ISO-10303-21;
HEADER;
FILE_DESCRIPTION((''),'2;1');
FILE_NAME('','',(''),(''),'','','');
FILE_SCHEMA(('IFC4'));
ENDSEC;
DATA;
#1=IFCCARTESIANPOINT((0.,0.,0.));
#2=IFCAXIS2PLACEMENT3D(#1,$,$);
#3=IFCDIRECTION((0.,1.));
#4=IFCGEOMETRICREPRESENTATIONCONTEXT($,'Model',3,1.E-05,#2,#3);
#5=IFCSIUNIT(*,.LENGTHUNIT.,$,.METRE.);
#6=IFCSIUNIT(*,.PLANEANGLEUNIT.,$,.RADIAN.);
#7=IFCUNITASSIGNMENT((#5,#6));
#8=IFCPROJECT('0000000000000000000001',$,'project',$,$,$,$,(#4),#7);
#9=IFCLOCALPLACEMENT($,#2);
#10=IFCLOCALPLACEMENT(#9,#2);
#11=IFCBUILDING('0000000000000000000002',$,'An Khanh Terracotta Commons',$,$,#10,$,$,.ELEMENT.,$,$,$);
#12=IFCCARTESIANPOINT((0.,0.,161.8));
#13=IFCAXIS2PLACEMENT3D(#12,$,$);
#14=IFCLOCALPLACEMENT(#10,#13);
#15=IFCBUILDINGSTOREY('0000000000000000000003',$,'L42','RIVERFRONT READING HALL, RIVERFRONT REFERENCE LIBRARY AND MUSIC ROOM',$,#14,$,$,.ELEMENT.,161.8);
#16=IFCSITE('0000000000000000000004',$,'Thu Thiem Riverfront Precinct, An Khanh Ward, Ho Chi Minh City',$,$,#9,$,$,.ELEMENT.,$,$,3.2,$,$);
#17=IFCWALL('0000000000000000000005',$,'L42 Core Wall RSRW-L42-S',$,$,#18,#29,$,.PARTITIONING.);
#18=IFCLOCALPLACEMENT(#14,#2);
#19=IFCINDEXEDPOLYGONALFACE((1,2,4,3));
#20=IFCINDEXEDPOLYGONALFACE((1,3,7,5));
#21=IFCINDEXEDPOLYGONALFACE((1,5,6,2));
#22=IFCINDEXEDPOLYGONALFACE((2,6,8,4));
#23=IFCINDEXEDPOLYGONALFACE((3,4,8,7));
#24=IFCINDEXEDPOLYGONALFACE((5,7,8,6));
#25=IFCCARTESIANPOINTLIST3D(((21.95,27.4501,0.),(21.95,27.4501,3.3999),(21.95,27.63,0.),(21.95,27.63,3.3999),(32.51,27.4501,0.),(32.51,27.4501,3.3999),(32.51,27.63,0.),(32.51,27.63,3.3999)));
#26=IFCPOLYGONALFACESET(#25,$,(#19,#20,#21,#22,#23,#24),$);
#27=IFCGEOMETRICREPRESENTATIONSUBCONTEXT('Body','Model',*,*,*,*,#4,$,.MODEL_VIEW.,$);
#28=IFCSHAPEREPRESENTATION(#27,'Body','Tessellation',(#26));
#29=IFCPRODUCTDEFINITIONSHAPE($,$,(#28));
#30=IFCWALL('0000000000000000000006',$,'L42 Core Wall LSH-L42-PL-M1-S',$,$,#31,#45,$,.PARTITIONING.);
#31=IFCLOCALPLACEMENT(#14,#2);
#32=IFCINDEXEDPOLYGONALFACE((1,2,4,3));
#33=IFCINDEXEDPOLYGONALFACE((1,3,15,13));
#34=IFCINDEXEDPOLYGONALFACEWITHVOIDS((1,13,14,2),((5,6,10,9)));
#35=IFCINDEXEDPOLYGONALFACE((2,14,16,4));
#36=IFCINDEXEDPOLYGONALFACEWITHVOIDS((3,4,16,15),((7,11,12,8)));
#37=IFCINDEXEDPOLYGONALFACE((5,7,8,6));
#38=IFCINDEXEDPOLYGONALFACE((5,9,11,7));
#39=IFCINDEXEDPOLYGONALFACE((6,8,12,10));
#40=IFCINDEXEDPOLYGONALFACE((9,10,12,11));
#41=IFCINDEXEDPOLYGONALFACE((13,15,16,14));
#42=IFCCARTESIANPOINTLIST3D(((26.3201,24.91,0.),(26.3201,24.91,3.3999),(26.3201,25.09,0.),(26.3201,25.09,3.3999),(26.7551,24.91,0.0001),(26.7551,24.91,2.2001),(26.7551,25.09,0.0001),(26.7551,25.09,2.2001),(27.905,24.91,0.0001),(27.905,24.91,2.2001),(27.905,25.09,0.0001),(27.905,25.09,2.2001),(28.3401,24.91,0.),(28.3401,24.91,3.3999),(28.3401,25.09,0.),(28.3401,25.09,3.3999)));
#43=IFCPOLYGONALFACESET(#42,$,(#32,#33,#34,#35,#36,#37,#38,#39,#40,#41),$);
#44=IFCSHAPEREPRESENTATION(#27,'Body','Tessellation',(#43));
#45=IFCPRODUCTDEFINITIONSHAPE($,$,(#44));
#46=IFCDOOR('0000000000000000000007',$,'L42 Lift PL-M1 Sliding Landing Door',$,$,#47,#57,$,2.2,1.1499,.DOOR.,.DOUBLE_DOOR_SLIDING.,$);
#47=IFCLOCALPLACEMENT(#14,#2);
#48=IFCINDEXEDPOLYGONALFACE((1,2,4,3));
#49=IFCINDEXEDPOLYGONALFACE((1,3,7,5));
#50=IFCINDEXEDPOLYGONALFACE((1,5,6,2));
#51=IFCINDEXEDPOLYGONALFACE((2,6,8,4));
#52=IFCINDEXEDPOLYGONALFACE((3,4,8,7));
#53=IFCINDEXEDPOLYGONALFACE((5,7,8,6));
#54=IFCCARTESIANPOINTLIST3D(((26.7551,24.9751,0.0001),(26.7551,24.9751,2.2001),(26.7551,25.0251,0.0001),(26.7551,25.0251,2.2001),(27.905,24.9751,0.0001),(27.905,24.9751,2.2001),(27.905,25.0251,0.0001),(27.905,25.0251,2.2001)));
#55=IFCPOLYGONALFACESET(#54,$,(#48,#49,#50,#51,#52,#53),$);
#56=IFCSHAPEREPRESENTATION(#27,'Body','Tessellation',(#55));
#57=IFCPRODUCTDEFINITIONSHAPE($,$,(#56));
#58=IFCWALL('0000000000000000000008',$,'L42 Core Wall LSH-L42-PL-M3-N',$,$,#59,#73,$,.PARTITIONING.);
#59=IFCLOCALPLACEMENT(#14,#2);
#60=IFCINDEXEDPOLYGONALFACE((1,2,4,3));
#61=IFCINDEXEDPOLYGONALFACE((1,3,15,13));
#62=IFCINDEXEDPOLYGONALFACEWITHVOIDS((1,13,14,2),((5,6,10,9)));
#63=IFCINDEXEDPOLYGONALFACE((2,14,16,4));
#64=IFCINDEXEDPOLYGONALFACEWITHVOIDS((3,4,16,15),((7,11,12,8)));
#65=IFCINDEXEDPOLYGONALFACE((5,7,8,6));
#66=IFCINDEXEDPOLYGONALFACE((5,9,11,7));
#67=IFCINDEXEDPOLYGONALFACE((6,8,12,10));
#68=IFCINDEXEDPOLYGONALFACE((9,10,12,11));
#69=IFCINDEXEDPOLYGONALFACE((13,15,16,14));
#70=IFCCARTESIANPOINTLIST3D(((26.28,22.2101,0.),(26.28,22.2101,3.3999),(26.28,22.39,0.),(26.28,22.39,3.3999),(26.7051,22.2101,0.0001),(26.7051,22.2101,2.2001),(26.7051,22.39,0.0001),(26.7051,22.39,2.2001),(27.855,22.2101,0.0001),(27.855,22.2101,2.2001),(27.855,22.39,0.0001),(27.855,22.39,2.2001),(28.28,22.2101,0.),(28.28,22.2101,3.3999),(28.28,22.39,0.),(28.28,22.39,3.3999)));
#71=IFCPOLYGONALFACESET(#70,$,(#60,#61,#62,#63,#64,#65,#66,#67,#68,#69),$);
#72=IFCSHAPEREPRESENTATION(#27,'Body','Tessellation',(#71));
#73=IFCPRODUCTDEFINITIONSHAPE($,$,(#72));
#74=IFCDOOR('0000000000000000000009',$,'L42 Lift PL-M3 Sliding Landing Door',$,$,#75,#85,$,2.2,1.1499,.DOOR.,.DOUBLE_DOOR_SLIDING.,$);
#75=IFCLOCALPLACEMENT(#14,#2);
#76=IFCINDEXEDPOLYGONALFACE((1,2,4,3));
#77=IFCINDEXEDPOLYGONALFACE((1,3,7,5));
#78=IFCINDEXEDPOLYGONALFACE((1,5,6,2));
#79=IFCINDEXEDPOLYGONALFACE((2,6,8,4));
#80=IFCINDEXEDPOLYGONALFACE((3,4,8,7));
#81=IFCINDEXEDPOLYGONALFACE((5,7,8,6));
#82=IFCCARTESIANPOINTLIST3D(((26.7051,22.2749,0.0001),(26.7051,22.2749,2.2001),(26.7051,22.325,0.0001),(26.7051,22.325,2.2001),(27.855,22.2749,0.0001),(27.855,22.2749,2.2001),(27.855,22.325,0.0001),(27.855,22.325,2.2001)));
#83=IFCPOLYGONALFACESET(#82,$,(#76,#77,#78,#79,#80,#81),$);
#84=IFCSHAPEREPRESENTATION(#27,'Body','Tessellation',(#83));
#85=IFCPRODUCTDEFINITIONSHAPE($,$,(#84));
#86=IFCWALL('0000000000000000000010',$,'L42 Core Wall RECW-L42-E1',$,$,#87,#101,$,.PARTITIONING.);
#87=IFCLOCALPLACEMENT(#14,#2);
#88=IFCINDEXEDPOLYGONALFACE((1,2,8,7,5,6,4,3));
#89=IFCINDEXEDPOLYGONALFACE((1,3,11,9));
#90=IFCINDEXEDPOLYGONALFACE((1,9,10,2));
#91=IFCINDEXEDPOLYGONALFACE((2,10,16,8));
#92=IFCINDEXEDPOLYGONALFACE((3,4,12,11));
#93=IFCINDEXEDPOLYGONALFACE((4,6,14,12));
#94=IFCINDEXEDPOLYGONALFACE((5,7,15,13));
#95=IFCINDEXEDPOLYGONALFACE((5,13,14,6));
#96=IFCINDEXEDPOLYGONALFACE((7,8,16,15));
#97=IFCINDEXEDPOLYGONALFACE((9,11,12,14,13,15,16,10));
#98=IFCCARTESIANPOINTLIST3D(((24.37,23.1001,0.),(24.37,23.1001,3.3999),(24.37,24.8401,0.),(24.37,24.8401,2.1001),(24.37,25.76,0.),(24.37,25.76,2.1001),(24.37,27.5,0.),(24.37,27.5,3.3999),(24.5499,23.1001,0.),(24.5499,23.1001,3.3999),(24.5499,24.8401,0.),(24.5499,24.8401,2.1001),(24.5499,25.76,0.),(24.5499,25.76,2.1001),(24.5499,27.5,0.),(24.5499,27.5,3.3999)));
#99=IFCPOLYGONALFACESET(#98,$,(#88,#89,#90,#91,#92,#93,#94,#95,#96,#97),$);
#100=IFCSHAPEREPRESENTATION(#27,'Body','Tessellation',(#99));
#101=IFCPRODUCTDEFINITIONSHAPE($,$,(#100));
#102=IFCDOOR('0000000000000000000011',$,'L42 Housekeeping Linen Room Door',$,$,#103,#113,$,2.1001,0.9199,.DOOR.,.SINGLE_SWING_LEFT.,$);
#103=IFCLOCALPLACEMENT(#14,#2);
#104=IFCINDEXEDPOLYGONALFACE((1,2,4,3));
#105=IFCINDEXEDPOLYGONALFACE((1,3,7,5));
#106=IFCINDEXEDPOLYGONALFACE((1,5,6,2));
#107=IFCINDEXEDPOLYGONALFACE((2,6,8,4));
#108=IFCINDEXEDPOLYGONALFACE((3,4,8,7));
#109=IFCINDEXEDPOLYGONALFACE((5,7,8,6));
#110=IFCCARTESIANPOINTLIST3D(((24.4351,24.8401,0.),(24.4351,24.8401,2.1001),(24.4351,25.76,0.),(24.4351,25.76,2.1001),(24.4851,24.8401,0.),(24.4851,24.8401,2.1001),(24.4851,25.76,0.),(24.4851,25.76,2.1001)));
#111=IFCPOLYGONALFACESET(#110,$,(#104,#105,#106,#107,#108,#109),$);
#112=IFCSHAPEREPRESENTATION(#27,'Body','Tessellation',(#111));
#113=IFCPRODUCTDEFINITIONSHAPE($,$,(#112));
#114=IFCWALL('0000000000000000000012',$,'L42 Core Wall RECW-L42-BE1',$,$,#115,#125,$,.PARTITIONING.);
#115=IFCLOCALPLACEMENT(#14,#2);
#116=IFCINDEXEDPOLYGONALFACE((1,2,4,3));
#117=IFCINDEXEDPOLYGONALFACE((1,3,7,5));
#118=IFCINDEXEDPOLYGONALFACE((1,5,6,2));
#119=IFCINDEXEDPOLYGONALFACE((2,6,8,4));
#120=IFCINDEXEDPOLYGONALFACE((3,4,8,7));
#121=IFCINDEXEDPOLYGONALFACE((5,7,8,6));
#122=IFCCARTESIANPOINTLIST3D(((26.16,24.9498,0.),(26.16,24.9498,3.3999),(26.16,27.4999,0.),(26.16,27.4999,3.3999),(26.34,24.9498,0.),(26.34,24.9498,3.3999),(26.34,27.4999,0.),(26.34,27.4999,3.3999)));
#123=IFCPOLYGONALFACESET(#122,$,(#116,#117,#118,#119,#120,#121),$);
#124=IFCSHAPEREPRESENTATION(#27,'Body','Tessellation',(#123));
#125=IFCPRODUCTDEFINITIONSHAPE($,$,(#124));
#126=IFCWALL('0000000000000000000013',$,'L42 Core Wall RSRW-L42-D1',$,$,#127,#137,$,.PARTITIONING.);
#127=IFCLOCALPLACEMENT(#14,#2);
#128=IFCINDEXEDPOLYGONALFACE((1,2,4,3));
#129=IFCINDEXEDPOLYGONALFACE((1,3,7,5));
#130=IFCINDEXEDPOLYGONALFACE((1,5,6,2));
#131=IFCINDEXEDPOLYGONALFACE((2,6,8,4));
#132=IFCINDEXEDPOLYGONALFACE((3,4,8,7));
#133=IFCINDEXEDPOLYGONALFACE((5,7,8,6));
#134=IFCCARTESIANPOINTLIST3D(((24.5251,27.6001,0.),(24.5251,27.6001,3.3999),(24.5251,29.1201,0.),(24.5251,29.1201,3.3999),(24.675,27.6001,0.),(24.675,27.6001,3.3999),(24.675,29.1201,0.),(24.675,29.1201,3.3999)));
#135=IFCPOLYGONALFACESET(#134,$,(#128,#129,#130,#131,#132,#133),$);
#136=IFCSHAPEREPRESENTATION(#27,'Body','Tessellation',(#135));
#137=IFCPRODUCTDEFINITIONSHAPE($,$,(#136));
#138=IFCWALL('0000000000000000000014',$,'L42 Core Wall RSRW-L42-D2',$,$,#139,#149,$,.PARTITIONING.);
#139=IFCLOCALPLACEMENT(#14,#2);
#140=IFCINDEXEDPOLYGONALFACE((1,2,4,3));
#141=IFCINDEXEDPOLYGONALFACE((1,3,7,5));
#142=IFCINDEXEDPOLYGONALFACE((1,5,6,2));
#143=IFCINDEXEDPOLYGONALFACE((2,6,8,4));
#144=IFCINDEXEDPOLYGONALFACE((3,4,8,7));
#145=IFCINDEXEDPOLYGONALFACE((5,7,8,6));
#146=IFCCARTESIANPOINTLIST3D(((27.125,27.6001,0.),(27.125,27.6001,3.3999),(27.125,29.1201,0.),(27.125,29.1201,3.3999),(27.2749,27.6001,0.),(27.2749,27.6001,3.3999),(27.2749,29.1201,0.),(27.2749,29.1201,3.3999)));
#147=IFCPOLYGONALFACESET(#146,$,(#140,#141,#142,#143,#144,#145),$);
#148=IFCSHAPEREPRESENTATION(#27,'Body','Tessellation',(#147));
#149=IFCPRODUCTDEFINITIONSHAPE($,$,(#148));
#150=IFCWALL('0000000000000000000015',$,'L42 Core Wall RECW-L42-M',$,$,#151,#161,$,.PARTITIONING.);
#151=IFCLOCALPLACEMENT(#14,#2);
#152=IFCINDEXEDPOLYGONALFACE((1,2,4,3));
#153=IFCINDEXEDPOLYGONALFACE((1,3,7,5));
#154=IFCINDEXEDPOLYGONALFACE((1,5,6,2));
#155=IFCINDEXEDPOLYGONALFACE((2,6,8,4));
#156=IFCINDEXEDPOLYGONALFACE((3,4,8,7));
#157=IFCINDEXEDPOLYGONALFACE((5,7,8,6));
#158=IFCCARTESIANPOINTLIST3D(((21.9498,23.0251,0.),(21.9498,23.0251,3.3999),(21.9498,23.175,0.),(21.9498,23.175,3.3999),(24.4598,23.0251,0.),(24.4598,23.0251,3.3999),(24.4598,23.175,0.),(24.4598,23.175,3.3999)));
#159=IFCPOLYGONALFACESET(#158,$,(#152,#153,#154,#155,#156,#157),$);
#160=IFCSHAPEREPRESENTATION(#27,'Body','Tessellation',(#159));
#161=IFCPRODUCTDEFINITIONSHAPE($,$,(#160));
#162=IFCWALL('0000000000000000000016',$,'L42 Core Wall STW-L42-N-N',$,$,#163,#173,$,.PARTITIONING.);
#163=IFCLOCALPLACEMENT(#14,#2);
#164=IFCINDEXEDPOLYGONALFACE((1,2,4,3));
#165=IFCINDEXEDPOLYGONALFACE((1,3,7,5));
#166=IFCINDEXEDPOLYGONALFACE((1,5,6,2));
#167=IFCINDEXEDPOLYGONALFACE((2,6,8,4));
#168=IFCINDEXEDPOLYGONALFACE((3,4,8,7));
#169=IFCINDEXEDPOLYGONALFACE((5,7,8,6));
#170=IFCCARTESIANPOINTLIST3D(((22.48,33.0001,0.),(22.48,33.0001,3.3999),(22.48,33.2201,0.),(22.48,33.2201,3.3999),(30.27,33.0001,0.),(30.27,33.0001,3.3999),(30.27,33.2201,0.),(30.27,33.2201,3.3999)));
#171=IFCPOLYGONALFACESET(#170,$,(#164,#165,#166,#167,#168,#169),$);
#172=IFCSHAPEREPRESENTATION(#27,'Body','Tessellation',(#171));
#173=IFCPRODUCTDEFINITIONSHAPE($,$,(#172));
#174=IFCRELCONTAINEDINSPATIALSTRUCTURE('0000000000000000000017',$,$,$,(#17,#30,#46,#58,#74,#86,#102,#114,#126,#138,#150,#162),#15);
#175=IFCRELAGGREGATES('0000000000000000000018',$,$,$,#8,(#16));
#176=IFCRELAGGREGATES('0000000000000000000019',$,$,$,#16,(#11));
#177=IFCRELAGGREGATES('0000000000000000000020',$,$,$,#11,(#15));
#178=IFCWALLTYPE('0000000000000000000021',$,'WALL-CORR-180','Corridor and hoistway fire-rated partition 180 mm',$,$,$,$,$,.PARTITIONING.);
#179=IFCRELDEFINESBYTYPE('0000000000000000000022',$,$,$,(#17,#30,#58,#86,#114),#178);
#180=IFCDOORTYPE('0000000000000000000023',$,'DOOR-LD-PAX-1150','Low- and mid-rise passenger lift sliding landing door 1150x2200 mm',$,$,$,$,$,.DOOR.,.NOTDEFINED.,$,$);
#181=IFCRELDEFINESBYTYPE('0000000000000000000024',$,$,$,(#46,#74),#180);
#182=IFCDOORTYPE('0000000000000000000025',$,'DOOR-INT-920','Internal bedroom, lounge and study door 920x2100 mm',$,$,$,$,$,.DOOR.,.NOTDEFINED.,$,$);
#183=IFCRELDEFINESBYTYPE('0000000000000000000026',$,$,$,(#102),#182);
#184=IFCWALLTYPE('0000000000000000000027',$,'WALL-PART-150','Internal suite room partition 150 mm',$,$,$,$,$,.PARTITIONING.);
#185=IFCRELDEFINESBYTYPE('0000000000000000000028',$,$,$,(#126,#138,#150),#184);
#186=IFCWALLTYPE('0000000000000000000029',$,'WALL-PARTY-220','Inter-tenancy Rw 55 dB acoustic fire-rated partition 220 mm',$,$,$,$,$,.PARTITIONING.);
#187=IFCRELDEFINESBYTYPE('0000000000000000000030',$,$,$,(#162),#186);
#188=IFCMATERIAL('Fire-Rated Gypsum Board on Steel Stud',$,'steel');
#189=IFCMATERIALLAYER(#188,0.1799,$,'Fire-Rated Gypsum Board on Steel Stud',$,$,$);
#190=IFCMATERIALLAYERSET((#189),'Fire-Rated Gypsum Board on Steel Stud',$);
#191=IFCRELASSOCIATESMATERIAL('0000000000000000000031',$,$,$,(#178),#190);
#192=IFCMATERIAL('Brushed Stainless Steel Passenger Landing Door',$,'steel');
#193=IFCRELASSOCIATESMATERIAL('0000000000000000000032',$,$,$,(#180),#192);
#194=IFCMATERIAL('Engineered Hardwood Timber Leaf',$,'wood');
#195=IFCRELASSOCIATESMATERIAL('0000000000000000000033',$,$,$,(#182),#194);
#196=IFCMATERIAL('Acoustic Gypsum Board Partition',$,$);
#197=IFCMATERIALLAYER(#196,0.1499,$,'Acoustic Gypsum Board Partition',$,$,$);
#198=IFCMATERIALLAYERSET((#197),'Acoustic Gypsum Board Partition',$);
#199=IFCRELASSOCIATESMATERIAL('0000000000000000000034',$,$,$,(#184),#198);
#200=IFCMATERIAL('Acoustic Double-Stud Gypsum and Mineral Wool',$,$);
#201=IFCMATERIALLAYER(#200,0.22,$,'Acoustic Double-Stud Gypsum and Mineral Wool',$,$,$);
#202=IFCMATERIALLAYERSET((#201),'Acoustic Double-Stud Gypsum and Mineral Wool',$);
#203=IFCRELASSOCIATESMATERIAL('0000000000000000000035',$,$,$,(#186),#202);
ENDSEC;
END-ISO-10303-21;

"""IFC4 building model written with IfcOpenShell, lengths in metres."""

from ifc_helpers import new_model, si_unit, direction, frame, frame_2d, origin, place, context, subcontext, project, spatial, rectangle, extrude, material, layer, layer_set, type_object, element, fill, save


model = new_model("IFC4")

# Units and contexts
model_context = context("Model", 3, precision=1e-05, world=origin(), true_north=direction((0.0, 1.0)))
body_context = subcontext(model_context, "Body", "Model", "MODEL_VIEW")
ifc_project = project(units=[si_unit("LENGTHUNIT", "METRE"), si_unit("PLANEANGLEUNIT", "RADIAN")], contexts=[model_context])

# Site, building, storey
site_placement = place(None, origin())
site = spatial("IfcSite", under=ifc_project, at=site_placement, Name="Thu Thiem Riverfront Precinct, An Khanh Ward, Ho Chi Minh City", CompositionType="ELEMENT", RefElevation=3.2)
building_placement = place(site_placement, origin())
building = spatial("IfcBuilding", under=site, at=building_placement, Name="An Khanh Terracotta Commons", CompositionType="ELEMENT")
storey_placement = place(building_placement, frame((0.0, 0.0, 161.8)))
storey = spatial("IfcBuildingStorey", under=building, at=storey_placement, Name="L42", Description="RIVERFRONT READING HALL, RIVERFRONT REFERENCE LIBRARY AND MUSIC ROOM", CompositionType="ELEMENT", Elevation=161.8)

# Wall
ifc_material_1 = material(Name="Fire-Rated Gypsum Board on Steel Stud", Category="steel")
ifc_layer_1 = layer(ifc_material_1, 0.1799, Name="Fire-Rated Gypsum Board on Steel Stud")
ifc_layer_set_1 = layer_set([ifc_layer_1], Name="Fire-Rated Gypsum Board on Steel Stud")
wall_type_1 = type_object("IfcWallType", Name="WALL-CORR-180", Description="Corridor and hoistway fire-rated partition 180 mm", PredefinedType="PARTITIONING", material=ifc_layer_set_1)
wall_1_placement = place(storey_placement, frame((21.95, 27.54, 0.0), z_axis=(0.0, 0.0, 1.0), x_axis=(1.0, 0.0, 0.0)))
element("IfcWall", 1, at=wall_1_placement, inside=storey, type_object=wall_type_1, Name="L42 Core Wall RSRW-L42-S", PredefinedType="PARTITIONING", context=body_context, shape_type="SweptSolid", body=[
    extrude(rectangle(XDim=10.5601, YDim=0.1799, at=frame_2d((5.28, 0.0))), origin(), (0.0, 0.0, 1.0), 3.3999),
])

# Walls, openings, doors
wall_2_placement = place(storey_placement, frame((28.3401, 25.0, 0.0), z_axis=(0.0, 0.0, 1.0), x_axis=(-1.0, 0.0, 0.0)))
wall_2 = element("IfcWall", 2, at=wall_2_placement, inside=storey, type_object=wall_type_1, Name="L42 Core Wall LSH-L42-PL-M1-S", PredefinedType="PARTITIONING", context=body_context, shape_type="SweptSolid", body=[
    extrude(rectangle(XDim=2.02, YDim=0.1799, at=frame_2d((1.01, 0.0))), origin(), (0.0, 0.0, 1.0), 3.3999),
])
opening_1_placement = place(wall_2_placement, frame((0.4351, 0.0, 0.0)))
opening_1 = element("IfcOpeningElement", 3, at=opening_1_placement, cuts=wall_2, PredefinedType="OPENING", context=body_context, shape_type="SweptSolid", body=[
    extrude(rectangle(XDim=1.1499, YDim=2.2, at=frame_2d((0.575, 1.1001))), frame((0.0, 0.0999, 0.0), z_axis=(0.0, -1.0, 0.0), x_axis=(1.0, 0.0, 0.0)), (0.0, 0.0, 1.0), 0.2),
])
ifc_material_2 = material(Name="Brushed Stainless Steel Passenger Landing Door", Category="steel")
door_type_1 = type_object("IfcDoorType", Name="DOOR-LD-PAX-1150", Description="Low- and mid-rise passenger lift sliding landing door 1150x2200 mm", OperationType="NOTDEFINED", PredefinedType="DOOR", material=ifc_material_2)
door_1_placement = place(opening_1_placement, origin())
door_1 = element("IfcDoor", 4, at=door_1_placement, inside=storey, type_object=door_type_1, Name="L42 Lift PL-M1 Sliding Landing Door", OperationType="DOUBLE_DOOR_SLIDING", OverallHeight=2.2, OverallWidth=1.1499, PredefinedType="DOOR", context=body_context, shape_type="SweptSolid", body=[
    extrude(rectangle(XDim=1.1499, YDim=2.2, at=frame_2d((0.575, 1.1001))), frame((0.0, 0.0249, 0.0), z_axis=(0.0, -1.0, 0.0), x_axis=(1.0, 0.0, 0.0)), (0.0, 0.0, 1.0), 0.05),
])
fill(opening_1, door_1)
wall_3_placement = place(storey_placement, frame((26.28, 22.3, 0.0), z_axis=(0.0, 0.0, 1.0), x_axis=(1.0, 0.0, 0.0)))
wall_3 = element("IfcWall", 5, at=wall_3_placement, inside=storey, type_object=wall_type_1, Name="L42 Core Wall LSH-L42-PL-M3-N", PredefinedType="PARTITIONING", context=body_context, shape_type="SweptSolid", body=[
    extrude(rectangle(XDim=2.0, YDim=0.1799, at=frame_2d((1.0, 0.0))), origin(), (0.0, 0.0, 1.0), 3.3999),
])
opening_2_placement = place(wall_3_placement, frame((0.425, 0.0, 0.0)))
opening_2 = element("IfcOpeningElement", 6, at=opening_2_placement, cuts=wall_3, PredefinedType="OPENING", context=body_context, shape_type="SweptSolid", body=[
    extrude(rectangle(XDim=1.1499, YDim=2.2, at=frame_2d((0.575, 1.1001))), frame((0.0, 0.0999, 0.0), z_axis=(0.0, -1.0, 0.0), x_axis=(1.0, 0.0, 0.0)), (0.0, 0.0, 1.0), 0.2),
])
door_2_placement = place(opening_2_placement, origin())
door_2 = element("IfcDoor", 7, at=door_2_placement, inside=storey, type_object=door_type_1, Name="L42 Lift PL-M3 Sliding Landing Door", OperationType="DOUBLE_DOOR_SLIDING", OverallHeight=2.2, OverallWidth=1.1499, PredefinedType="DOOR", context=body_context, shape_type="SweptSolid", body=[
    extrude(rectangle(XDim=1.1499, YDim=2.2, at=frame_2d((0.575, 1.1001))), frame((0.0, 0.0249, 0.0), z_axis=(0.0, -1.0, 0.0), x_axis=(1.0, 0.0, 0.0)), (0.0, 0.0, 1.0), 0.05),
])
fill(opening_2, door_2)
wall_4_placement = place(storey_placement, frame((24.46, 23.1001, 0.0), z_axis=(0.0, 0.0, 1.0), x_axis=(0.0, 1.0, 0.0)))
wall_4 = element("IfcWall", 8, at=wall_4_placement, inside=storey, type_object=wall_type_1, Name="L42 Core Wall RECW-L42-E1", PredefinedType="PARTITIONING", context=body_context, shape_type="SweptSolid", body=[
    extrude(rectangle(XDim=4.3999, YDim=0.1799, at=frame_2d((2.2, 0.0))), origin(), (0.0, 0.0, 1.0), 3.3999),
])
opening_3_placement = place(wall_4_placement, frame((1.74, 0.0, 0.0)))
opening_3 = element("IfcOpeningElement", 9, at=opening_3_placement, cuts=wall_4, PredefinedType="OPENING", context=body_context, shape_type="SweptSolid", body=[
    extrude(rectangle(XDim=0.9199, YDim=2.1001, at=frame_2d((0.46, 1.05))), frame((0.0, 0.0999, 0.0), z_axis=(0.0, -1.0, 0.0), x_axis=(1.0, 0.0, 0.0)), (0.0, 0.0, 1.0), 0.2),
])
ifc_material_3 = material(Name="Engineered Hardwood Timber Leaf", Category="wood")
door_type_2 = type_object("IfcDoorType", Name="DOOR-INT-920", Description="Internal bedroom, lounge and study door 920x2100 mm", OperationType="NOTDEFINED", PredefinedType="DOOR", material=ifc_material_3)
door_3_placement = place(opening_3_placement, origin())
door_3 = element("IfcDoor", 10, at=door_3_placement, inside=storey, type_object=door_type_2, Name="L42 Housekeeping Linen Room Door", OperationType="SINGLE_SWING_LEFT", OverallHeight=2.1001, OverallWidth=0.9199, PredefinedType="DOOR", context=body_context, shape_type="SweptSolid", body=[
    extrude(rectangle(XDim=0.9199, YDim=2.1001, at=frame_2d((0.46, 1.05))), frame((0.0, 0.0249, 0.0), z_axis=(0.0, -1.0, 0.0), x_axis=(1.0, 0.0, 0.0)), (0.0, 0.0, 1.0), 0.05),
])
fill(opening_3, door_3)

# Walls
wall_5_placement = place(storey_placement, frame((26.25, 24.95, 0.0), z_axis=(0.0, 0.0, 1.0), x_axis=(0.0, 1.0, 0.0)))
element("IfcWall", 11, at=wall_5_placement, inside=storey, type_object=wall_type_1, Name="L42 Core Wall RECW-L42-BE1", PredefinedType="PARTITIONING", context=body_context, shape_type="SweptSolid", body=[
    extrude(rectangle(XDim=2.55, YDim=0.1799, at=frame_2d((1.2749, 0.0))), origin(), (0.0, 0.0, 1.0), 3.3999),
])
ifc_material_4 = material(Name="Acoustic Gypsum Board Partition")
ifc_layer_2 = layer(ifc_material_4, 0.1499, Name="Acoustic Gypsum Board Partition")
ifc_layer_set_2 = layer_set([ifc_layer_2], Name="Acoustic Gypsum Board Partition")
wall_type_2 = type_object("IfcWallType", Name="WALL-PART-150", Description="Internal suite room partition 150 mm", PredefinedType="PARTITIONING", material=ifc_layer_set_2)
for number, where, z_axis, x_axis, name in (
    (12, (24.6001, 27.6001, 0.0), (0.0, 0.0, 1.0), (0.0, 1.0, 0.0), "L42 Core Wall RSRW-L42-D1"),
    (13, (27.2, 27.6001, 0.0), (0.0, 0.0, 1.0), (0.0, 1.0, 0.0), "L42 Core Wall RSRW-L42-D2"),
):
    element("IfcWall", number, at=place(storey_placement, frame(where, z_axis=z_axis, x_axis=x_axis)), inside=storey, type_object=wall_type_2, Name=name, PredefinedType="PARTITIONING", context=body_context, shape_type="SweptSolid", body=[
        extrude(rectangle(XDim=1.52, YDim=0.1499, at=frame_2d((0.76, 0.0))), origin(), (0.0, 0.0, 1.0), 3.3999),
    ])
wall_6_placement = place(storey_placement, frame((21.95, 23.1001, 0.0), z_axis=(0.0, 0.0, 1.0), x_axis=(1.0, 0.0, 0.0)))
element("IfcWall", 14, at=wall_6_placement, inside=storey, type_object=wall_type_2, Name="L42 Core Wall RECW-L42-M", PredefinedType="PARTITIONING", context=body_context, shape_type="SweptSolid", body=[
    extrude(rectangle(XDim=2.51, YDim=0.1499, at=frame_2d((1.2549, 0.0))), origin(), (0.0, 0.0, 1.0), 3.3999),
])
ifc_material_5 = material(Name="Acoustic Double-Stud Gypsum and Mineral Wool")
ifc_layer_3 = layer(ifc_material_5, 0.22, Name="Acoustic Double-Stud Gypsum and Mineral Wool")
ifc_layer_set_3 = layer_set([ifc_layer_3], Name="Acoustic Double-Stud Gypsum and Mineral Wool")
wall_type_3 = type_object("IfcWallType", Name="WALL-PARTY-220", Description="Inter-tenancy Rw 55 dB acoustic fire-rated partition 220 mm", PredefinedType="PARTITIONING", material=ifc_layer_set_3)
wall_7_placement = place(storey_placement, frame((22.48, 33.1101, 0.0), z_axis=(0.0, 0.0, 1.0), x_axis=(1.0, 0.0, 0.0)))
element("IfcWall", 15, at=wall_7_placement, inside=storey, type_object=wall_type_3, Name="L42 Core Wall STW-L42-N-N", PredefinedType="PARTITIONING", context=body_context, shape_type="SweptSolid", body=[
    extrude(rectangle(XDim=7.79, YDim=0.22, at=frame_2d((3.895, 0.0))), origin(), (0.0, 0.0, 1.0), 3.3999),
])

save(model, "model.ifc")
